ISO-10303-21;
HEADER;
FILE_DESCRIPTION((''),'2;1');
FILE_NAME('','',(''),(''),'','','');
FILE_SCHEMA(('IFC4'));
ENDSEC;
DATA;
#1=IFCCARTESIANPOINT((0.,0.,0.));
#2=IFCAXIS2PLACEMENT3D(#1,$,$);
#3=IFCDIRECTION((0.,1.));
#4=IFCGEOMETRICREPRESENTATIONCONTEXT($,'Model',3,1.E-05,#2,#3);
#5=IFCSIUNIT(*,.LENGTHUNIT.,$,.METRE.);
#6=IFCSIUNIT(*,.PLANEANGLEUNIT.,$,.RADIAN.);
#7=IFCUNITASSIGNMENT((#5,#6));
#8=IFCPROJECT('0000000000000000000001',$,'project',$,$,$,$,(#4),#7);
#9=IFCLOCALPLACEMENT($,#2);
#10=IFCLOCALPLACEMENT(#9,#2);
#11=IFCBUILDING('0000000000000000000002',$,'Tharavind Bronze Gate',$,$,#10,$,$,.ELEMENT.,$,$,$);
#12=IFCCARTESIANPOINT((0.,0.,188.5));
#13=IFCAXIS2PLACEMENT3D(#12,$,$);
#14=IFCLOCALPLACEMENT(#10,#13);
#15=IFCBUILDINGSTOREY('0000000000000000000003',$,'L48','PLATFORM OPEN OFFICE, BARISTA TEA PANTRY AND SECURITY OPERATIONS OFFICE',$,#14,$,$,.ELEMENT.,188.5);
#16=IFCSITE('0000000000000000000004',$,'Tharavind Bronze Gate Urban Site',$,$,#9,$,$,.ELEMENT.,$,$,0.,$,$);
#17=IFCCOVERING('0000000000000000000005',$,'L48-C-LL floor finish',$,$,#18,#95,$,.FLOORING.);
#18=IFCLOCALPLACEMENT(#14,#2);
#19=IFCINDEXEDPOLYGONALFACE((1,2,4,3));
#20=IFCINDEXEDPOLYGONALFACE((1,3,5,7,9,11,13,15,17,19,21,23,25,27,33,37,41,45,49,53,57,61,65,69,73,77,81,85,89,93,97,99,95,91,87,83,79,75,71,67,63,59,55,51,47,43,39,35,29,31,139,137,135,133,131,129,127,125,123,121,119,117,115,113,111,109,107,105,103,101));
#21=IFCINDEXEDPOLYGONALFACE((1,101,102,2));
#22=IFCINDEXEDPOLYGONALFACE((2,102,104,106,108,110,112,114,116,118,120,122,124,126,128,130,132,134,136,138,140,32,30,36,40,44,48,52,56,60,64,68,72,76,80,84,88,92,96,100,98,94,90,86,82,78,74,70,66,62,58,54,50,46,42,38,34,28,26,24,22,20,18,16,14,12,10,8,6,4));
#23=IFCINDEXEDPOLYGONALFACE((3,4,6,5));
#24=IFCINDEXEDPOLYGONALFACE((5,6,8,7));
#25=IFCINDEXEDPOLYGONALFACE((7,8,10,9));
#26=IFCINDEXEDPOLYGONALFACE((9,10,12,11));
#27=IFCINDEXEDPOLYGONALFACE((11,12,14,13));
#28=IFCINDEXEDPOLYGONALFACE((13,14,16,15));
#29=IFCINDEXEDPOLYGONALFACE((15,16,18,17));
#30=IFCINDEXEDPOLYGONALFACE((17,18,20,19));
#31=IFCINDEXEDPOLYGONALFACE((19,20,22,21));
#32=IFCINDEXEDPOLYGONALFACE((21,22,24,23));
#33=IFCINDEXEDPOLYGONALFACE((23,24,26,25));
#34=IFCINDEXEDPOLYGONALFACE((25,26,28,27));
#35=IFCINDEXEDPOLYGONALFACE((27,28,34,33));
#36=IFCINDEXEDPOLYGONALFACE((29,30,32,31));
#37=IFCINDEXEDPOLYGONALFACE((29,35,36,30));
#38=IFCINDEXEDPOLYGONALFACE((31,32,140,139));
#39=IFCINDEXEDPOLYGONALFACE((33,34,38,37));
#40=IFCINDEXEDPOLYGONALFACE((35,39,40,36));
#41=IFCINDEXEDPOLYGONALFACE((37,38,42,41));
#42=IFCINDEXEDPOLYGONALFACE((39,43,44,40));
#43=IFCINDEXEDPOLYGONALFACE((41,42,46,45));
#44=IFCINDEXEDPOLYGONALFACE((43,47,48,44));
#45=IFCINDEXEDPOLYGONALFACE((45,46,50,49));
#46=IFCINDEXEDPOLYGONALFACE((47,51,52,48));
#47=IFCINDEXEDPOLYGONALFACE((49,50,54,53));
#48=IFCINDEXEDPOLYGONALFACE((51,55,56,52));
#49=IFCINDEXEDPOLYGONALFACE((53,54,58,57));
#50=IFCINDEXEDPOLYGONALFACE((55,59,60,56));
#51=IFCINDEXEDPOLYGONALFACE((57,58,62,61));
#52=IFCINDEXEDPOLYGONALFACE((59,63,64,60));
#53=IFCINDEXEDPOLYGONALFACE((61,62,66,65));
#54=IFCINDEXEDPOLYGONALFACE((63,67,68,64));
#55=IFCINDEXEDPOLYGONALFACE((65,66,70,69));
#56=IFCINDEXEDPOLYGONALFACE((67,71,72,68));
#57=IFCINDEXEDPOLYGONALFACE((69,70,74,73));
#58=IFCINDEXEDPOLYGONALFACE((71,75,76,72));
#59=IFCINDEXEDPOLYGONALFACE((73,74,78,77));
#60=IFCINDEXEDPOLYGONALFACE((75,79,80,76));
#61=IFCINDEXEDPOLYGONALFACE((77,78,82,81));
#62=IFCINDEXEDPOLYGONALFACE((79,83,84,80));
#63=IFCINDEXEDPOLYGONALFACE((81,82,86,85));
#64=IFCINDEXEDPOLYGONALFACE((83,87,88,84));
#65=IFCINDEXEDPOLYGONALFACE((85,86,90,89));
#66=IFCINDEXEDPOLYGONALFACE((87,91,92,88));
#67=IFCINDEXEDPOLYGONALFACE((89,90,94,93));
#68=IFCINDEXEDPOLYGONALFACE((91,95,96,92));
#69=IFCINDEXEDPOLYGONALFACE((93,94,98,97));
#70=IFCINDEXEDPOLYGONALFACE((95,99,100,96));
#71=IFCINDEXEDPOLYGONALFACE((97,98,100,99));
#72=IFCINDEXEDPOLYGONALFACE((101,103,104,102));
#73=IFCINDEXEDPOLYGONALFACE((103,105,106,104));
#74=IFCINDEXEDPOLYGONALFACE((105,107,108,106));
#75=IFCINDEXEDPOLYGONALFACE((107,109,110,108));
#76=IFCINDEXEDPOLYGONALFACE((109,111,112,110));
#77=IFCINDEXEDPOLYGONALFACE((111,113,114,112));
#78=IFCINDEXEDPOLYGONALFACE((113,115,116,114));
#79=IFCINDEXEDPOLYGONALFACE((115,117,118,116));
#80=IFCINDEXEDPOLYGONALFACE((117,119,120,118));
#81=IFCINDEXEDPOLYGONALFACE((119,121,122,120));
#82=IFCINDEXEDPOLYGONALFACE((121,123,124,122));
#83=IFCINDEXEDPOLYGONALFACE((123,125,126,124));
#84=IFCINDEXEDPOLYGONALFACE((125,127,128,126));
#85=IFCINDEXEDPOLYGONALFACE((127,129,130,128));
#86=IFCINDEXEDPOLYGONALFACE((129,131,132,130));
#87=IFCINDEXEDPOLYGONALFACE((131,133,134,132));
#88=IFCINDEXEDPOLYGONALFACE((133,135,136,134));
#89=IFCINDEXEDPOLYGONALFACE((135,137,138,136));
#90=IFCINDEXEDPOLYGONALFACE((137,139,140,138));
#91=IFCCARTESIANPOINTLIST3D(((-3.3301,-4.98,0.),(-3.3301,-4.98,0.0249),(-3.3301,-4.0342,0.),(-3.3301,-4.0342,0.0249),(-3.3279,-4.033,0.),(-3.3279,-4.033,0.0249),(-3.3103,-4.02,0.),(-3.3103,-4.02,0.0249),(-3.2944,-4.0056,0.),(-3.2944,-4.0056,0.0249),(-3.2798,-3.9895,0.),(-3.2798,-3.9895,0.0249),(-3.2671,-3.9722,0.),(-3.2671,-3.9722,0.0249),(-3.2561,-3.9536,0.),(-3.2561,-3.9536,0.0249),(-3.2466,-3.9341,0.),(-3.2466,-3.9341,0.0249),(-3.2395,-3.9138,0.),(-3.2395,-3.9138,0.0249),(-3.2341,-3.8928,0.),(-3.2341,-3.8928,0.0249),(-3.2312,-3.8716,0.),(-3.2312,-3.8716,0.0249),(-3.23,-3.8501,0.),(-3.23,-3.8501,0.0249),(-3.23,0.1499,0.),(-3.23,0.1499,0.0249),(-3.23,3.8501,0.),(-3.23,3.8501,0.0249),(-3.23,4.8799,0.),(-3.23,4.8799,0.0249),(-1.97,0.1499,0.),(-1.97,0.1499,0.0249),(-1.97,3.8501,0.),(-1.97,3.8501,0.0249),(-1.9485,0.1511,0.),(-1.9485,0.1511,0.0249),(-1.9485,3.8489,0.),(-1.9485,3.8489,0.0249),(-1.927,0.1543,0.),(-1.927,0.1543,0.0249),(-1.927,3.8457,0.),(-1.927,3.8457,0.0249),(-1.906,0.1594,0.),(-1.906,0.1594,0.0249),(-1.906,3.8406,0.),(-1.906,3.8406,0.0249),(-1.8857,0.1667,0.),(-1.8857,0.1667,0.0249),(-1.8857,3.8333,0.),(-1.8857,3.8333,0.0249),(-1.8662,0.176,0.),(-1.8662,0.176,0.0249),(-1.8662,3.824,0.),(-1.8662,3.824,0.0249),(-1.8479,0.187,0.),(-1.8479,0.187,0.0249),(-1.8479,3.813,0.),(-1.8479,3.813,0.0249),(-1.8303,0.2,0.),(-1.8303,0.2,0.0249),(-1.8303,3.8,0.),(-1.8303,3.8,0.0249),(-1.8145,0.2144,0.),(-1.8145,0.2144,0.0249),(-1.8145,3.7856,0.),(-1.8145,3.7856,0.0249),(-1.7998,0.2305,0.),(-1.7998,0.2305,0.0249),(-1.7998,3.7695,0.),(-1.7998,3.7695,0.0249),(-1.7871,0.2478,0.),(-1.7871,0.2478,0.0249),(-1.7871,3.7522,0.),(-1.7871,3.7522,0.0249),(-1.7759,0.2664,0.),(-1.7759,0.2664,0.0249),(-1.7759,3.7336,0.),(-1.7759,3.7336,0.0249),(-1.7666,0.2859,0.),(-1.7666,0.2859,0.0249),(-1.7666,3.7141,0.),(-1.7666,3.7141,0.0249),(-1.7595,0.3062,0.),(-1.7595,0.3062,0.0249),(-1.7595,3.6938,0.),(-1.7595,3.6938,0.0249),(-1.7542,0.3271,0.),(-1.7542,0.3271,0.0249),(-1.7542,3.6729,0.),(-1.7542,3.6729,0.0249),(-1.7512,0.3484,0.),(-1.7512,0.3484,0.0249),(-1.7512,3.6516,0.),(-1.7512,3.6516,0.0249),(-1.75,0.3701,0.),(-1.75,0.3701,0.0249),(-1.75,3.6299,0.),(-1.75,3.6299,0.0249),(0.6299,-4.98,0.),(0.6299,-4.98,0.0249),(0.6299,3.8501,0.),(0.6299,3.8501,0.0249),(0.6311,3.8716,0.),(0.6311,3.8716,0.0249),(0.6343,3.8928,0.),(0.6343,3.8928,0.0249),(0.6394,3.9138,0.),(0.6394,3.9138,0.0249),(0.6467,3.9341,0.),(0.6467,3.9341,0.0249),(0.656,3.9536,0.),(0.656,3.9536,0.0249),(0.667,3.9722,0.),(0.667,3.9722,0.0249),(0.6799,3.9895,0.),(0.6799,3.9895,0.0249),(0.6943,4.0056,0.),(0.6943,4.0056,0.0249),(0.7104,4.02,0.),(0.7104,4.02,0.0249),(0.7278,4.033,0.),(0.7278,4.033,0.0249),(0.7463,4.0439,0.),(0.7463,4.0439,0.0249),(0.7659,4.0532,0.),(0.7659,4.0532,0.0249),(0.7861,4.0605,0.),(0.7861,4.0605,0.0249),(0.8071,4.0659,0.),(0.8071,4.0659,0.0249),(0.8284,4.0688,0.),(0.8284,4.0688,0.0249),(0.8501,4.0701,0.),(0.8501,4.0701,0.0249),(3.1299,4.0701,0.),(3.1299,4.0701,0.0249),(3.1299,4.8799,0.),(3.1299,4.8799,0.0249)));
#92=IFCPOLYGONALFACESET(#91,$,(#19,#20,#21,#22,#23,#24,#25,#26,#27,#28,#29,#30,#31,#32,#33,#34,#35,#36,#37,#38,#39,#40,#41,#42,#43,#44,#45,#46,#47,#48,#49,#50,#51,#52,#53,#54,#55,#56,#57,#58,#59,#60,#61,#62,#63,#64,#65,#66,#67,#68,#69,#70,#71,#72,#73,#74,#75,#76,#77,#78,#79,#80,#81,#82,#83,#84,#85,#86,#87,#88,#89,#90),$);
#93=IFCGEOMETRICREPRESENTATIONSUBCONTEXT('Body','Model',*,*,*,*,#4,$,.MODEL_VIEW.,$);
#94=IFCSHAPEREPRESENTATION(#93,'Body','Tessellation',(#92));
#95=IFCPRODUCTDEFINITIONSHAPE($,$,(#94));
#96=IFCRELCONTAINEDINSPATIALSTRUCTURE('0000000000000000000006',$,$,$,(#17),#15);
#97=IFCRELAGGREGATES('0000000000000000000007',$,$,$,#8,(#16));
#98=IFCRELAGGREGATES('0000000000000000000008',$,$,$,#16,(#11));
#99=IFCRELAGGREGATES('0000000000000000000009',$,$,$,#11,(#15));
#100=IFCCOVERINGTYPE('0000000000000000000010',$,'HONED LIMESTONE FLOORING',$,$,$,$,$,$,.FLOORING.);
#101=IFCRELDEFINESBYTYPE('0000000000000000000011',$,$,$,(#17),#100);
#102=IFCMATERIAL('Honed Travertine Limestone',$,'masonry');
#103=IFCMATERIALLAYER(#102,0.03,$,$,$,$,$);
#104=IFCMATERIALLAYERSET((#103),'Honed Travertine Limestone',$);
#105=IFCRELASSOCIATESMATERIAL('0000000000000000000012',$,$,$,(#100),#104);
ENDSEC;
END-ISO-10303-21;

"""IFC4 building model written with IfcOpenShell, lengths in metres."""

from ifc_helpers import new_model, si_unit, direction, frame, origin, place, context, subcontext, project, spatial, polyline, outline, extrude, material, layer, layer_set, type_object, element, save


model = new_model("IFC4")

# Units and contexts
model_context = context("Model", 3, precision=1e-05, world=origin(), true_north=direction((0.0, 1.0)))
body_context = subcontext(model_context, "Body", "Model", "MODEL_VIEW")
ifc_project = project(units=[si_unit("LENGTHUNIT", "METRE"), si_unit("PLANEANGLEUNIT", "RADIAN")], contexts=[model_context])

# Site, building, storey
site_placement = place(None, origin())
site = spatial("IfcSite", under=ifc_project, at=site_placement, Name="Tharavind Bronze Gate Urban Site", CompositionType="ELEMENT", RefElevation=0.0)
building_placement = place(site_placement, origin())
building = spatial("IfcBuilding", under=site, at=building_placement, Name="Tharavind Bronze Gate", CompositionType="ELEMENT")
storey_placement = place(building_placement, frame((0.0, 0.0, 188.5)))
storey = spatial("IfcBuildingStorey", under=building, at=storey_placement, Name="L48", Description="PLATFORM OPEN OFFICE, BARISTA TEA PANTRY AND SECURITY OPERATIONS OFFICE", CompositionType="ELEMENT", Elevation=188.5)

# Covering
ifc_material_1 = material(Name="Honed Travertine Limestone", Category="masonry")
ifc_layer_1 = layer(ifc_material_1, 0.03)
ifc_layer_set_1 = layer_set([ifc_layer_1], Name="Honed Travertine Limestone")
covering_type_1 = type_object("IfcCoveringType", Name="HONED LIMESTONE FLOORING", PredefinedType="FLOORING", material=ifc_layer_set_1)
covering_1_placement = place(storey_placement, origin())
element("IfcCovering", 1, at=covering_1_placement, inside=storey, type_object=covering_type_1, Name="L48-C-LL floor finish", PredefinedType="FLOORING", context=body_context, shape_type="SweptSolid", body=[
    extrude(outline(polyline([(-3.3301, -4.98), (0.6299, -4.98), (0.6299, 3.8501), (0.6311, 3.8716), (0.6343, 3.8928), (0.6394, 3.9138), (0.6467, 3.9341), (0.656, 3.9536), (0.667, 3.9722), (0.6799, 3.9895), (0.6943, 4.0056), (0.7104, 4.02), (0.7278, 4.033), (0.7463, 4.0439), (0.7659, 4.0532), (0.7861, 4.0605), (0.8071, 4.0659), (0.8284, 4.0688), (0.8501, 4.0701), (3.1299, 4.0701), (3.1299, 4.8799), (-3.23, 4.8799), (-3.23, 3.8501), (-1.97, 3.8501), (-1.9485, 3.8489), (-1.927, 3.8457), (-1.906, 3.8406), (-1.8857, 3.8333), (-1.8662, 3.824), (-1.8479, 3.813), (-1.8303, 3.8), (-1.8145, 3.7856), (-1.7998, 3.7695), (-1.7871, 3.7522), (-1.7759, 3.7336), (-1.7666, 3.7141), (-1.7595, 3.6938), (-1.7542, 3.6729), (-1.7512, 3.6516), (-1.75, 3.6299), (-1.75, 0.3701), (-1.7512, 0.3484), (-1.7542, 0.3271), (-1.7595, 0.3062), (-1.7666, 0.2859), (-1.7759, 0.2664), (-1.7871, 0.2478), (-1.7998, 0.2305), (-1.8145, 0.2144), (-1.8303, 0.2), (-1.8479, 0.187), (-1.8662, 0.176), (-1.8857, 0.1667), (-1.906, 0.1594), (-1.927, 0.1543), (-1.9485, 0.1511), (-1.97, 0.1499), (-3.23, 0.1499), (-3.23, -3.8501), (-3.2312, -3.8716), (-3.2341, -3.8928), (-3.2395, -3.9138), (-3.2466, -3.9341), (-3.2561, -3.9536), (-3.2671, -3.9722), (-3.2798, -3.9895), (-3.2944, -4.0056), (-3.3103, -4.02), (-3.3279, -4.033), (-3.3301, -4.0342), (-3.3301, -4.98)])), origin(), (0.0, 0.0, 1.0), 0.0249),
])

save(model, "model.ifc")
